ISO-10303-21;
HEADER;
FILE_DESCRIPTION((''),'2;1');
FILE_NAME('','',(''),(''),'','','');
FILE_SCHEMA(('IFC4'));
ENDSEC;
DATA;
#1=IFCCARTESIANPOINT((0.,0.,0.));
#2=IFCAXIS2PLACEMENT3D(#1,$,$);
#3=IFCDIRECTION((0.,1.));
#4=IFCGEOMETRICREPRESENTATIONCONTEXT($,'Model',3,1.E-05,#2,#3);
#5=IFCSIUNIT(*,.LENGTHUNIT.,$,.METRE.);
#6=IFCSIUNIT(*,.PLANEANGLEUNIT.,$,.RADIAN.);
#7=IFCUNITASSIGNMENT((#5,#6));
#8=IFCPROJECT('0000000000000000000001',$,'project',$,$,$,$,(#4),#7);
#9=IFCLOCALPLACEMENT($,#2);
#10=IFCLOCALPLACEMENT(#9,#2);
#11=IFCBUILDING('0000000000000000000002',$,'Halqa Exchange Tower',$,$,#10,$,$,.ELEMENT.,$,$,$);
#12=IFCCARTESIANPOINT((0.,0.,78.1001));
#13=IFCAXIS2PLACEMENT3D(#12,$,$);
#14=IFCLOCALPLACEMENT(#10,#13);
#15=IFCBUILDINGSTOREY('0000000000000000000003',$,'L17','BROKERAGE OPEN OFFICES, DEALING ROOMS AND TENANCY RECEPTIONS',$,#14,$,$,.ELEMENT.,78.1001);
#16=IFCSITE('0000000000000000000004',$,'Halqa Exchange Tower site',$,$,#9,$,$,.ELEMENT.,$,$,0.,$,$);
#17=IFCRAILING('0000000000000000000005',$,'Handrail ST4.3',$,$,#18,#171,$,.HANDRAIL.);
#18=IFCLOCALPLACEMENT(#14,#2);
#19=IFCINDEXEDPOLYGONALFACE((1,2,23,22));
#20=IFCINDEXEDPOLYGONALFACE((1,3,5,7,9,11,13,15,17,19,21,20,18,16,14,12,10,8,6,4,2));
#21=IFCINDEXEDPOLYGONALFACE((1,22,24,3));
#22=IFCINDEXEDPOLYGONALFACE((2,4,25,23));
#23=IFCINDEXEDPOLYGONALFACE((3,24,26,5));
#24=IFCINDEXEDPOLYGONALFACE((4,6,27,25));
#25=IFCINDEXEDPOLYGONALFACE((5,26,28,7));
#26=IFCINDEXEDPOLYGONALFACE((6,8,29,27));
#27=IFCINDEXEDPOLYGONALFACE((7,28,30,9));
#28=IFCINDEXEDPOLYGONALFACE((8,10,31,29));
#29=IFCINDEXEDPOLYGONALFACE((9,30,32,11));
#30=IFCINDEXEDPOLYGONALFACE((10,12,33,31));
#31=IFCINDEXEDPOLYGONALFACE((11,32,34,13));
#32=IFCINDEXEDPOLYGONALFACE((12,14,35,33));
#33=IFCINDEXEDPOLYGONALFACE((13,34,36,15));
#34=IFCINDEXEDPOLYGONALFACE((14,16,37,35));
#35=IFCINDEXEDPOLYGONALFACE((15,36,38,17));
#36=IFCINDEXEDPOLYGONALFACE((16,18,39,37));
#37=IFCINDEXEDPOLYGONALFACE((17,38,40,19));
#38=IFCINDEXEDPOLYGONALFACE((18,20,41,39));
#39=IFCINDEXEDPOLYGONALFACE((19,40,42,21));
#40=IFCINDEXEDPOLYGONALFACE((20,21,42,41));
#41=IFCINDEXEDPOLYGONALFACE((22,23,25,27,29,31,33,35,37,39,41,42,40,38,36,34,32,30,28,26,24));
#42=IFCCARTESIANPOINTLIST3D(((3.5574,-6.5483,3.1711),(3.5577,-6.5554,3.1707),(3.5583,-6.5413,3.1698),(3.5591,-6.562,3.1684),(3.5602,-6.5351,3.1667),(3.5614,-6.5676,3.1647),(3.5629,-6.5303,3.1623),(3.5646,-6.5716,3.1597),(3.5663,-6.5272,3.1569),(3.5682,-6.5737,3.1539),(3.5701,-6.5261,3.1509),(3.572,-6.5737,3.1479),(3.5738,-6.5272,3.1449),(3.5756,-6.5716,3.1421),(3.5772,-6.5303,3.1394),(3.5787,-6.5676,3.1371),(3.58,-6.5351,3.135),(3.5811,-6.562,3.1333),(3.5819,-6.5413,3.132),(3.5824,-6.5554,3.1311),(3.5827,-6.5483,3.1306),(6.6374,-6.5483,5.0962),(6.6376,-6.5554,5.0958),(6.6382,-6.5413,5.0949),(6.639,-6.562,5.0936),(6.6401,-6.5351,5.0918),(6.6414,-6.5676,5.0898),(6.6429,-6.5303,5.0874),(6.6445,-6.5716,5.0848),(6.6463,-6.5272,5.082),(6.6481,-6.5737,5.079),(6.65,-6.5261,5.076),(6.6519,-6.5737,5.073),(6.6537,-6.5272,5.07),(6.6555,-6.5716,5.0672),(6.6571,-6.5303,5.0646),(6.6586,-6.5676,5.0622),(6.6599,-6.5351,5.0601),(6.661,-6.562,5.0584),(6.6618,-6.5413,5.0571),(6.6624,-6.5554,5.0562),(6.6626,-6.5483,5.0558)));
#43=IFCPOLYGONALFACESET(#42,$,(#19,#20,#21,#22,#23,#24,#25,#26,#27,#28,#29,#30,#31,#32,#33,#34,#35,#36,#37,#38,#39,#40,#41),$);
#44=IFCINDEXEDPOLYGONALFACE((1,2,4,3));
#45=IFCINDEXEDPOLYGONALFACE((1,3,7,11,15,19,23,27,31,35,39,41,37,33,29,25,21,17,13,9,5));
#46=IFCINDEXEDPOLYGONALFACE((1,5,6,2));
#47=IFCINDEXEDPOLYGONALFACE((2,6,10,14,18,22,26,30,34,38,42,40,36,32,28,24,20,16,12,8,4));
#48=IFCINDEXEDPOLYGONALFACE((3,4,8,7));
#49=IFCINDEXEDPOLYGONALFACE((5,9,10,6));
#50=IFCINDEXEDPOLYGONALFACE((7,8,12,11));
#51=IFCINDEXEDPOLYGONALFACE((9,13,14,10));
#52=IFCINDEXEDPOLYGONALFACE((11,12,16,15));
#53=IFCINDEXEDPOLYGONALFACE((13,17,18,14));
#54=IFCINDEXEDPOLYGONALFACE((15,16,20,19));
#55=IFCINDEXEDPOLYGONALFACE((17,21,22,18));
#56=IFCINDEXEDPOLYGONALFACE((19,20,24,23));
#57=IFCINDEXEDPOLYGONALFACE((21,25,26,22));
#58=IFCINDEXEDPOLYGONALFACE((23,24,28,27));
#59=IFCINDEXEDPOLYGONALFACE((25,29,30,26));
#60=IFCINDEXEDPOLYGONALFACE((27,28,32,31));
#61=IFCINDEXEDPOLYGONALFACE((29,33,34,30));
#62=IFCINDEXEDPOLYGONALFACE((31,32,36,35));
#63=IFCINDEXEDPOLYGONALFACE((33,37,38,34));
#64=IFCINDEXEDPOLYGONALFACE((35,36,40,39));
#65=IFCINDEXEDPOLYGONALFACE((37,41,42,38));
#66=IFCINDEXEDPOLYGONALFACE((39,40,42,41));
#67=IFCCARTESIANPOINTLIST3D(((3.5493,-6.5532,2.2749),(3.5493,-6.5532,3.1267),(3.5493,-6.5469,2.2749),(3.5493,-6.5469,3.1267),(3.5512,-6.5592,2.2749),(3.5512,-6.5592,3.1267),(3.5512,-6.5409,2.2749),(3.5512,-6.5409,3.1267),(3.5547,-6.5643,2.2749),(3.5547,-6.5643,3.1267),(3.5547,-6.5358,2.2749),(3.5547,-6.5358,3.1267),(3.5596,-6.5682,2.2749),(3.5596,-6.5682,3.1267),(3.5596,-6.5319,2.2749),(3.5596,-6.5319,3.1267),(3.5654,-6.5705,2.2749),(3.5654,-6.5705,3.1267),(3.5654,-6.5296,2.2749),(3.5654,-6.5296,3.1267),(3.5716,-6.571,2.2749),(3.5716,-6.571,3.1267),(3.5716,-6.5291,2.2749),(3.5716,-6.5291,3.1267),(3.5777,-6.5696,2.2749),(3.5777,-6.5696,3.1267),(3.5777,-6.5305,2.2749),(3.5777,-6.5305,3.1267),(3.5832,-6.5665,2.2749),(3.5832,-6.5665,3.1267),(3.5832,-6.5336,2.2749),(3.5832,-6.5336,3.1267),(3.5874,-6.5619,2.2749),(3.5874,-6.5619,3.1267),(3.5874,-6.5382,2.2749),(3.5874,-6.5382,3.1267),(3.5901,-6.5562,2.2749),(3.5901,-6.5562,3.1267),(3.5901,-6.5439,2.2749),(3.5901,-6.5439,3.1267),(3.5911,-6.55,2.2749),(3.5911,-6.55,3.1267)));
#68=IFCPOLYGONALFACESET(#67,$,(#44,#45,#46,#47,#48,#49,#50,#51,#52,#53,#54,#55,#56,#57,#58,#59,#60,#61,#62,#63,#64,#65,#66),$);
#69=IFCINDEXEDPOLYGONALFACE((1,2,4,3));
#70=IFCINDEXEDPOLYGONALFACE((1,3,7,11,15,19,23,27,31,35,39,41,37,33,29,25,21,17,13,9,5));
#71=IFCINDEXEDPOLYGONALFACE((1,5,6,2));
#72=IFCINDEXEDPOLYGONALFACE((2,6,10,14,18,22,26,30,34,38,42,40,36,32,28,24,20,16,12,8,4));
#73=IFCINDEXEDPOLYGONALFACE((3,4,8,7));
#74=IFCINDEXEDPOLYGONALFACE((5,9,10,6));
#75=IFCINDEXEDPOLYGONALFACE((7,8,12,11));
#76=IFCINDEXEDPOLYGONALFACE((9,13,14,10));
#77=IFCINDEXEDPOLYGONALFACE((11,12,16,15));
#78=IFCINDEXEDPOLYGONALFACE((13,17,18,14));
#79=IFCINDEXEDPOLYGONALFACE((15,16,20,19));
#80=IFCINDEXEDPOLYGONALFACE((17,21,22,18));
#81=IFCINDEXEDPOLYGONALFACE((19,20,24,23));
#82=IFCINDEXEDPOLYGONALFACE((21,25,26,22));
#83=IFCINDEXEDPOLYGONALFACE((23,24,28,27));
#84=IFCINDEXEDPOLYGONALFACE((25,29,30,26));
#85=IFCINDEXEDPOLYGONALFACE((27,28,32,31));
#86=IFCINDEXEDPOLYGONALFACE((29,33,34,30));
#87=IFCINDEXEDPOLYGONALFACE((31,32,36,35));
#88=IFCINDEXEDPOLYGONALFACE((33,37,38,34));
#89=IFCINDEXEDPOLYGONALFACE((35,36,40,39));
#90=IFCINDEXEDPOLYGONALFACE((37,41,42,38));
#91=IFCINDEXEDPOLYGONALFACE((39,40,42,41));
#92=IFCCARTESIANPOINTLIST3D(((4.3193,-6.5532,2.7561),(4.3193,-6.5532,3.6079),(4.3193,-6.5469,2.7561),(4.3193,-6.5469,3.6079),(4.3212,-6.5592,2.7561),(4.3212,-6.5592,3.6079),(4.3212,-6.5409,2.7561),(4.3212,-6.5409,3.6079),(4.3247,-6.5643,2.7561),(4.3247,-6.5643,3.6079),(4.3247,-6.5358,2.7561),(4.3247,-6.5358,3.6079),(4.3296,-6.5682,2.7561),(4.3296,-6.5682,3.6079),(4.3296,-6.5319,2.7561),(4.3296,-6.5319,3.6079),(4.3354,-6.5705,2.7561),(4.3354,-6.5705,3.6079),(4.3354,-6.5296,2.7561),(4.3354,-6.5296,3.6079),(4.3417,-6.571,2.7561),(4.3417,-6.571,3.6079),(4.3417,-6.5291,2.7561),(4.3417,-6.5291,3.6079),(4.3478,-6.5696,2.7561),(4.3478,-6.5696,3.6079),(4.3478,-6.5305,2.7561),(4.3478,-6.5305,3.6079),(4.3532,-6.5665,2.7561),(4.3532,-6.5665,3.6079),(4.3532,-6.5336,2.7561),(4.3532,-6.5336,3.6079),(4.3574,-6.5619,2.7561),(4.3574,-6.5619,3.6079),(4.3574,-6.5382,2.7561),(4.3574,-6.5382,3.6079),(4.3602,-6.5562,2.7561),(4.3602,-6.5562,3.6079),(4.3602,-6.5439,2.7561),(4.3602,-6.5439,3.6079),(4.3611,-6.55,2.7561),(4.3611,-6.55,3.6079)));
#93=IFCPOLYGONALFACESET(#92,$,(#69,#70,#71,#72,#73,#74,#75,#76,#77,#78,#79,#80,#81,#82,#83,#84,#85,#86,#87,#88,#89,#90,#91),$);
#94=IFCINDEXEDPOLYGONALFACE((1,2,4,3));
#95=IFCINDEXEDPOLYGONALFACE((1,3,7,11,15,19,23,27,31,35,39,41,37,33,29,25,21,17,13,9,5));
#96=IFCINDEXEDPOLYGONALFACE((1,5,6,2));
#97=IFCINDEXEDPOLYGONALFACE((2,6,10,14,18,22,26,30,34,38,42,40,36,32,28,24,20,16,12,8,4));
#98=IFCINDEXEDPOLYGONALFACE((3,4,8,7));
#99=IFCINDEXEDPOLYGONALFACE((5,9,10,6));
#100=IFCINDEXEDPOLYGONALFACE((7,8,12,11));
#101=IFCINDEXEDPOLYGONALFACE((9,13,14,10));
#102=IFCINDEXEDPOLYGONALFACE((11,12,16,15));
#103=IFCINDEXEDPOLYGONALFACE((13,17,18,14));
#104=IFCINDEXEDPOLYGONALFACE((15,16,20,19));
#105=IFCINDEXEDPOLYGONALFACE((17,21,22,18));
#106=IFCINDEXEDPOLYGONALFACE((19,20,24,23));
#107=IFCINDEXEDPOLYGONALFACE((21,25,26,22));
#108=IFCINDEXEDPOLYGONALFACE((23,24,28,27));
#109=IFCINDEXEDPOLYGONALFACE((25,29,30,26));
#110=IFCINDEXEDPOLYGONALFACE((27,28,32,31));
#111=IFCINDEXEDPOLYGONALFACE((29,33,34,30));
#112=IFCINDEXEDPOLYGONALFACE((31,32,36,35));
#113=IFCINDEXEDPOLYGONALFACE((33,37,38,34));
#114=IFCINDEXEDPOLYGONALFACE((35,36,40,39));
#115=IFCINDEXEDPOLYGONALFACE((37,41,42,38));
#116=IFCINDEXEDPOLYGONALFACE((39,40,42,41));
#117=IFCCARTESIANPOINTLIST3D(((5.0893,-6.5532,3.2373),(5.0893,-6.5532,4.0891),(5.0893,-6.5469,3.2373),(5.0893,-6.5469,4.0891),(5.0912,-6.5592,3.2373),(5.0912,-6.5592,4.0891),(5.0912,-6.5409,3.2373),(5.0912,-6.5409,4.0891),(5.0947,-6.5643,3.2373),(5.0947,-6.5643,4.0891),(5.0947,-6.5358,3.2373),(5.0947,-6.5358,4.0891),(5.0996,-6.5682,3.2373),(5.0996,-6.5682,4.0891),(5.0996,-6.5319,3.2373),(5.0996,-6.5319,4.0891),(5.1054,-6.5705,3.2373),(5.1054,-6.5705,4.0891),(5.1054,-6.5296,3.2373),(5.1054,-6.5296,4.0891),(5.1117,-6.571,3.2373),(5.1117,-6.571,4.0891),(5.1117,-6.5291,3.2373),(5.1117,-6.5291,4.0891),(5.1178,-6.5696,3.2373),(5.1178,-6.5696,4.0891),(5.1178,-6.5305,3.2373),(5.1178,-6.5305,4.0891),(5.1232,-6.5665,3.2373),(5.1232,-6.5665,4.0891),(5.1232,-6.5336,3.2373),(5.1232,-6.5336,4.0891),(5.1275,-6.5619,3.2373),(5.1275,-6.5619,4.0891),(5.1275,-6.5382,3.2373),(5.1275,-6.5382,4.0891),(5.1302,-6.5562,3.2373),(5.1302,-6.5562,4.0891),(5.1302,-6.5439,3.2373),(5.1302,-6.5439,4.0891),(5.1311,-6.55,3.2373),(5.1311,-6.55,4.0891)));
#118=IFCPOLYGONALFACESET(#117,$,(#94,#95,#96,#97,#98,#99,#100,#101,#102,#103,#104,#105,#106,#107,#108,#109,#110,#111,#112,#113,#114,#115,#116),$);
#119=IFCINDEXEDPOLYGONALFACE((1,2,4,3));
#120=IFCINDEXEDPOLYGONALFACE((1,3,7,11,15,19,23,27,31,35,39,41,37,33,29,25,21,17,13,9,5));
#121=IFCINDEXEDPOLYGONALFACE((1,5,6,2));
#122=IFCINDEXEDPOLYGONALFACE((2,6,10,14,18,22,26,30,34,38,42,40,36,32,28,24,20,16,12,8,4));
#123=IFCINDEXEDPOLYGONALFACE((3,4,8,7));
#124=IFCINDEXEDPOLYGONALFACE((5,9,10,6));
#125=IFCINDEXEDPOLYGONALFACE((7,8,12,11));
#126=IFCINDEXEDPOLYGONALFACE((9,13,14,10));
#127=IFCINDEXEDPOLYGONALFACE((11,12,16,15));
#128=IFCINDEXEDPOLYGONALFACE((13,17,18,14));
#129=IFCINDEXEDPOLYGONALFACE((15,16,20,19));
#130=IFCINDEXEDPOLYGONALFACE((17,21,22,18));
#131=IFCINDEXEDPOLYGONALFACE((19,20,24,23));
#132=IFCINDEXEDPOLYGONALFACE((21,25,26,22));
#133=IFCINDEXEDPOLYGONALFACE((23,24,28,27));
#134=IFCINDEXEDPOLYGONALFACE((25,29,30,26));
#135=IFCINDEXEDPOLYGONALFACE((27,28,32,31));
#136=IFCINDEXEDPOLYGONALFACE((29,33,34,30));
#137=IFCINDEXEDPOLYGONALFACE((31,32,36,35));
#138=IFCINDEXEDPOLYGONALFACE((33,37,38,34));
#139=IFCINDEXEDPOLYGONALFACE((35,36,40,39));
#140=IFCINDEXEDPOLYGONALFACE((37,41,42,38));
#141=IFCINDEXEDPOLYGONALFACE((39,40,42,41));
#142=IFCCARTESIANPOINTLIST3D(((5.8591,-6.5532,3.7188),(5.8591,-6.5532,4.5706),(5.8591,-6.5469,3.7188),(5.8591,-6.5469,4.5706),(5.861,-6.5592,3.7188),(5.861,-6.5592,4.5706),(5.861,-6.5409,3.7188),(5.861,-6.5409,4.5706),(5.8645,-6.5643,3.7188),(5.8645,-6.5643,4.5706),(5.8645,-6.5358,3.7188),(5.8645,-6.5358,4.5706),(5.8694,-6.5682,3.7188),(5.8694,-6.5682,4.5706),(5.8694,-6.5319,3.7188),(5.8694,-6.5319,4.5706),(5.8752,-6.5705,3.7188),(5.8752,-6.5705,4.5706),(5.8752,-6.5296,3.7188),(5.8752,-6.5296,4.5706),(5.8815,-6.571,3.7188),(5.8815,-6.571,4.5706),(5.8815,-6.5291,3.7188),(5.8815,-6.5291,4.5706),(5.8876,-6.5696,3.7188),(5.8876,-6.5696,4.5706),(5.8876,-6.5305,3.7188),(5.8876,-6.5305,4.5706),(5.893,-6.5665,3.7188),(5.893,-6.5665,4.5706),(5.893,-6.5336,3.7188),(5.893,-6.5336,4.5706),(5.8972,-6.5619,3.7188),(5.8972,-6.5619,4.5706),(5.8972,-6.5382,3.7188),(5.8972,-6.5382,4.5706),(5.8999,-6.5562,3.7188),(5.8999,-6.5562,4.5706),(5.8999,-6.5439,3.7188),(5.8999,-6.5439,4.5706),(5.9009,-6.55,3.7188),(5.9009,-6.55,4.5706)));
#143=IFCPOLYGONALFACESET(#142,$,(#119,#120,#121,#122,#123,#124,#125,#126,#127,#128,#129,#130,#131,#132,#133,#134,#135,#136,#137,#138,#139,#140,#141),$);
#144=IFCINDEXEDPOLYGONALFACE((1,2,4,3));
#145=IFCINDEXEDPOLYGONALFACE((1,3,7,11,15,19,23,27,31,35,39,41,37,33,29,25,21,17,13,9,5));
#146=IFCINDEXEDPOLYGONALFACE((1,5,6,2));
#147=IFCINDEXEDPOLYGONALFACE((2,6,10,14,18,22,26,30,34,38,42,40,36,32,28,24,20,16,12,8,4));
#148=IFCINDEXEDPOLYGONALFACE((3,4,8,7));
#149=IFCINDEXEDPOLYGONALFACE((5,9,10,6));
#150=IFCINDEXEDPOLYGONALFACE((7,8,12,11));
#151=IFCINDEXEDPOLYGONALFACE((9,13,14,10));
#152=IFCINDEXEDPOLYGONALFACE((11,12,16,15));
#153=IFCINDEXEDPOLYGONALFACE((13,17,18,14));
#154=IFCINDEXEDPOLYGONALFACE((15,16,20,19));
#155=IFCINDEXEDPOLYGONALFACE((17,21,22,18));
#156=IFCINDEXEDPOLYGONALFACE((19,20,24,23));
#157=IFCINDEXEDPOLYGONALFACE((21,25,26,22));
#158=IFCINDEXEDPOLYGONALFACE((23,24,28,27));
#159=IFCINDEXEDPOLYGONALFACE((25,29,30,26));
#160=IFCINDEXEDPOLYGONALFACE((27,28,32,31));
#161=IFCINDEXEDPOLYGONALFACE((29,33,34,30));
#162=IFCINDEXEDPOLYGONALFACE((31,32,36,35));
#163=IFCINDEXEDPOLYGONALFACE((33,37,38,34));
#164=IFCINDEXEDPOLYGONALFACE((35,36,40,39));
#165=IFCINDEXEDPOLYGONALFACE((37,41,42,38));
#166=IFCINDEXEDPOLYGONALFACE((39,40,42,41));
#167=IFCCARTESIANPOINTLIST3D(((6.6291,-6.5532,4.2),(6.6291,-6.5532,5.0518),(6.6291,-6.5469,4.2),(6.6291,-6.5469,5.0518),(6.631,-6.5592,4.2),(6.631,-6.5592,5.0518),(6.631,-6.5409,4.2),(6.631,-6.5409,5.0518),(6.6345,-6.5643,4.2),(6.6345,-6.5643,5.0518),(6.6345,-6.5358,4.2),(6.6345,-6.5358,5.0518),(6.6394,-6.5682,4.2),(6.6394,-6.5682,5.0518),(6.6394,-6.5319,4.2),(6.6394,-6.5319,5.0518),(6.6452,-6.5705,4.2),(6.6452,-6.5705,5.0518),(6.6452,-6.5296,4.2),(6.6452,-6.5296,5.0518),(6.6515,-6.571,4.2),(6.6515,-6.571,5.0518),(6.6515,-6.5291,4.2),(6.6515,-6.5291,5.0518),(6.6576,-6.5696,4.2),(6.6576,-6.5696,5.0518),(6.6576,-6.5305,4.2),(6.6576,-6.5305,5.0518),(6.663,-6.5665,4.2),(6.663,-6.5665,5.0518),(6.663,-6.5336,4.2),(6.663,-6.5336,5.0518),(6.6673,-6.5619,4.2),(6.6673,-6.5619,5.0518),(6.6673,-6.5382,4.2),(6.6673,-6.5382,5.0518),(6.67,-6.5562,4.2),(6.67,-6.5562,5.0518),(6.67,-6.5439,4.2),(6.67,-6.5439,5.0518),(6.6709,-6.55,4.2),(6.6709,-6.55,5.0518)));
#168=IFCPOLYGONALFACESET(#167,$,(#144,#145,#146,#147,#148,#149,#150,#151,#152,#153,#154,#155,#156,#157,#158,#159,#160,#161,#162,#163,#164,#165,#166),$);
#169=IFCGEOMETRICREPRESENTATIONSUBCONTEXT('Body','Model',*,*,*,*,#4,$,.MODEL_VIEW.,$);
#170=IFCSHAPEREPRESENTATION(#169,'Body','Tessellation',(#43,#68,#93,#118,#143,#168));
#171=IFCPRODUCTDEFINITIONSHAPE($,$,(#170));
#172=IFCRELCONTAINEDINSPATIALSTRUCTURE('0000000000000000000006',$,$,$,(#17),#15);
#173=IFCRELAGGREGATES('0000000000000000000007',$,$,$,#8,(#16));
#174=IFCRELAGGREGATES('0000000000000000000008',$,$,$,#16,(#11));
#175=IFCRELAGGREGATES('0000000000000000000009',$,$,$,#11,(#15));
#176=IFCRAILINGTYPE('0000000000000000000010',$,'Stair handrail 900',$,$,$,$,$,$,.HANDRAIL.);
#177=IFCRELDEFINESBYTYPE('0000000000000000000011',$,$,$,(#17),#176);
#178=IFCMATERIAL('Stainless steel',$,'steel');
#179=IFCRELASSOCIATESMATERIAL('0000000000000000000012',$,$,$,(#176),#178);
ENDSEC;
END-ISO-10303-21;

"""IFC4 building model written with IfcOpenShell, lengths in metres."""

from ifc_helpers import new_model, si_unit, direction, frame, origin, origin_2d, place, context, subcontext, project, spatial, circle, extrude, material, type_object, element, save


model = new_model("IFC4")

# Units and contexts
model_context = context("Model", 3, precision=1e-05, world=origin(), true_north=direction((0.0, 1.0)))
body_context = subcontext(model_context, "Body", "Model", "MODEL_VIEW")
ifc_project = project(units=[si_unit("LENGTHUNIT", "METRE"), si_unit("PLANEANGLEUNIT", "RADIAN")], contexts=[model_context])

# Site, building, storey
site_placement = place(None, origin())
site = spatial("IfcSite", under=ifc_project, at=site_placement, Name="Halqa Exchange Tower site", CompositionType="ELEMENT", RefElevation=0.0)
building_placement = place(site_placement, origin())
building = spatial("IfcBuilding", under=site, at=building_placement, Name="Halqa Exchange Tower", CompositionType="ELEMENT")
storey_placement = place(building_placement, frame((0.0, 0.0, 78.1001)))
storey = spatial("IfcBuildingStorey", under=building, at=storey_placement, Name="L17", Description="BROKERAGE OPEN OFFICES, DEALING ROOMS AND TENANCY RECEPTIONS", CompositionType="ELEMENT", Elevation=78.1001)

# Railing
ifc_material_1 = material(Name="Stainless steel", Category="steel")
railing_type_1 = type_object("IfcRailingType", Name="Stair handrail 900", PredefinedType="HANDRAIL", material=ifc_material_1)
railing_1_placement = place(storey_placement, frame((3.5701, -6.55, 2.2749)))
element("IfcRailing", 1, at=railing_1_placement, inside=storey, type_object=railing_type_1, Name="Handrail ST4.3", PredefinedType="HANDRAIL", context=body_context, shape_type="SweptSolid", body=[
    extrude(circle(Radius=0.0239, at=origin_2d()), frame((0.0, 0.0, 0.876), z_axis=(0.847979, 0.0, 0.530029), x_axis=(0.0, 1.0, 0.0)), (0.0, 0.0, 1.0), 3.6321),
    extrude(circle(Radius=0.021, at=origin_2d()), origin(), (0.0, 0.0, 1.0), 0.8518),
    extrude(circle(Radius=0.021, at=origin_2d()), frame((0.77, 0.0, 0.4812)), (0.0, 0.0, 1.0), 0.8518),
    extrude(circle(Radius=0.021, at=origin_2d()), frame((1.54, 0.0, 0.9624)), (0.0, 0.0, 1.0), 0.8518),
    extrude(circle(Radius=0.021, at=origin_2d()), frame((2.3098, 0.0, 1.4438)), (0.0, 0.0, 1.0), 0.8518),
    extrude(circle(Radius=0.021, at=origin_2d()), frame((3.0798, 0.0, 1.925)), (0.0, 0.0, 1.0), 0.8518),
])

save(model, "model.ifc")
